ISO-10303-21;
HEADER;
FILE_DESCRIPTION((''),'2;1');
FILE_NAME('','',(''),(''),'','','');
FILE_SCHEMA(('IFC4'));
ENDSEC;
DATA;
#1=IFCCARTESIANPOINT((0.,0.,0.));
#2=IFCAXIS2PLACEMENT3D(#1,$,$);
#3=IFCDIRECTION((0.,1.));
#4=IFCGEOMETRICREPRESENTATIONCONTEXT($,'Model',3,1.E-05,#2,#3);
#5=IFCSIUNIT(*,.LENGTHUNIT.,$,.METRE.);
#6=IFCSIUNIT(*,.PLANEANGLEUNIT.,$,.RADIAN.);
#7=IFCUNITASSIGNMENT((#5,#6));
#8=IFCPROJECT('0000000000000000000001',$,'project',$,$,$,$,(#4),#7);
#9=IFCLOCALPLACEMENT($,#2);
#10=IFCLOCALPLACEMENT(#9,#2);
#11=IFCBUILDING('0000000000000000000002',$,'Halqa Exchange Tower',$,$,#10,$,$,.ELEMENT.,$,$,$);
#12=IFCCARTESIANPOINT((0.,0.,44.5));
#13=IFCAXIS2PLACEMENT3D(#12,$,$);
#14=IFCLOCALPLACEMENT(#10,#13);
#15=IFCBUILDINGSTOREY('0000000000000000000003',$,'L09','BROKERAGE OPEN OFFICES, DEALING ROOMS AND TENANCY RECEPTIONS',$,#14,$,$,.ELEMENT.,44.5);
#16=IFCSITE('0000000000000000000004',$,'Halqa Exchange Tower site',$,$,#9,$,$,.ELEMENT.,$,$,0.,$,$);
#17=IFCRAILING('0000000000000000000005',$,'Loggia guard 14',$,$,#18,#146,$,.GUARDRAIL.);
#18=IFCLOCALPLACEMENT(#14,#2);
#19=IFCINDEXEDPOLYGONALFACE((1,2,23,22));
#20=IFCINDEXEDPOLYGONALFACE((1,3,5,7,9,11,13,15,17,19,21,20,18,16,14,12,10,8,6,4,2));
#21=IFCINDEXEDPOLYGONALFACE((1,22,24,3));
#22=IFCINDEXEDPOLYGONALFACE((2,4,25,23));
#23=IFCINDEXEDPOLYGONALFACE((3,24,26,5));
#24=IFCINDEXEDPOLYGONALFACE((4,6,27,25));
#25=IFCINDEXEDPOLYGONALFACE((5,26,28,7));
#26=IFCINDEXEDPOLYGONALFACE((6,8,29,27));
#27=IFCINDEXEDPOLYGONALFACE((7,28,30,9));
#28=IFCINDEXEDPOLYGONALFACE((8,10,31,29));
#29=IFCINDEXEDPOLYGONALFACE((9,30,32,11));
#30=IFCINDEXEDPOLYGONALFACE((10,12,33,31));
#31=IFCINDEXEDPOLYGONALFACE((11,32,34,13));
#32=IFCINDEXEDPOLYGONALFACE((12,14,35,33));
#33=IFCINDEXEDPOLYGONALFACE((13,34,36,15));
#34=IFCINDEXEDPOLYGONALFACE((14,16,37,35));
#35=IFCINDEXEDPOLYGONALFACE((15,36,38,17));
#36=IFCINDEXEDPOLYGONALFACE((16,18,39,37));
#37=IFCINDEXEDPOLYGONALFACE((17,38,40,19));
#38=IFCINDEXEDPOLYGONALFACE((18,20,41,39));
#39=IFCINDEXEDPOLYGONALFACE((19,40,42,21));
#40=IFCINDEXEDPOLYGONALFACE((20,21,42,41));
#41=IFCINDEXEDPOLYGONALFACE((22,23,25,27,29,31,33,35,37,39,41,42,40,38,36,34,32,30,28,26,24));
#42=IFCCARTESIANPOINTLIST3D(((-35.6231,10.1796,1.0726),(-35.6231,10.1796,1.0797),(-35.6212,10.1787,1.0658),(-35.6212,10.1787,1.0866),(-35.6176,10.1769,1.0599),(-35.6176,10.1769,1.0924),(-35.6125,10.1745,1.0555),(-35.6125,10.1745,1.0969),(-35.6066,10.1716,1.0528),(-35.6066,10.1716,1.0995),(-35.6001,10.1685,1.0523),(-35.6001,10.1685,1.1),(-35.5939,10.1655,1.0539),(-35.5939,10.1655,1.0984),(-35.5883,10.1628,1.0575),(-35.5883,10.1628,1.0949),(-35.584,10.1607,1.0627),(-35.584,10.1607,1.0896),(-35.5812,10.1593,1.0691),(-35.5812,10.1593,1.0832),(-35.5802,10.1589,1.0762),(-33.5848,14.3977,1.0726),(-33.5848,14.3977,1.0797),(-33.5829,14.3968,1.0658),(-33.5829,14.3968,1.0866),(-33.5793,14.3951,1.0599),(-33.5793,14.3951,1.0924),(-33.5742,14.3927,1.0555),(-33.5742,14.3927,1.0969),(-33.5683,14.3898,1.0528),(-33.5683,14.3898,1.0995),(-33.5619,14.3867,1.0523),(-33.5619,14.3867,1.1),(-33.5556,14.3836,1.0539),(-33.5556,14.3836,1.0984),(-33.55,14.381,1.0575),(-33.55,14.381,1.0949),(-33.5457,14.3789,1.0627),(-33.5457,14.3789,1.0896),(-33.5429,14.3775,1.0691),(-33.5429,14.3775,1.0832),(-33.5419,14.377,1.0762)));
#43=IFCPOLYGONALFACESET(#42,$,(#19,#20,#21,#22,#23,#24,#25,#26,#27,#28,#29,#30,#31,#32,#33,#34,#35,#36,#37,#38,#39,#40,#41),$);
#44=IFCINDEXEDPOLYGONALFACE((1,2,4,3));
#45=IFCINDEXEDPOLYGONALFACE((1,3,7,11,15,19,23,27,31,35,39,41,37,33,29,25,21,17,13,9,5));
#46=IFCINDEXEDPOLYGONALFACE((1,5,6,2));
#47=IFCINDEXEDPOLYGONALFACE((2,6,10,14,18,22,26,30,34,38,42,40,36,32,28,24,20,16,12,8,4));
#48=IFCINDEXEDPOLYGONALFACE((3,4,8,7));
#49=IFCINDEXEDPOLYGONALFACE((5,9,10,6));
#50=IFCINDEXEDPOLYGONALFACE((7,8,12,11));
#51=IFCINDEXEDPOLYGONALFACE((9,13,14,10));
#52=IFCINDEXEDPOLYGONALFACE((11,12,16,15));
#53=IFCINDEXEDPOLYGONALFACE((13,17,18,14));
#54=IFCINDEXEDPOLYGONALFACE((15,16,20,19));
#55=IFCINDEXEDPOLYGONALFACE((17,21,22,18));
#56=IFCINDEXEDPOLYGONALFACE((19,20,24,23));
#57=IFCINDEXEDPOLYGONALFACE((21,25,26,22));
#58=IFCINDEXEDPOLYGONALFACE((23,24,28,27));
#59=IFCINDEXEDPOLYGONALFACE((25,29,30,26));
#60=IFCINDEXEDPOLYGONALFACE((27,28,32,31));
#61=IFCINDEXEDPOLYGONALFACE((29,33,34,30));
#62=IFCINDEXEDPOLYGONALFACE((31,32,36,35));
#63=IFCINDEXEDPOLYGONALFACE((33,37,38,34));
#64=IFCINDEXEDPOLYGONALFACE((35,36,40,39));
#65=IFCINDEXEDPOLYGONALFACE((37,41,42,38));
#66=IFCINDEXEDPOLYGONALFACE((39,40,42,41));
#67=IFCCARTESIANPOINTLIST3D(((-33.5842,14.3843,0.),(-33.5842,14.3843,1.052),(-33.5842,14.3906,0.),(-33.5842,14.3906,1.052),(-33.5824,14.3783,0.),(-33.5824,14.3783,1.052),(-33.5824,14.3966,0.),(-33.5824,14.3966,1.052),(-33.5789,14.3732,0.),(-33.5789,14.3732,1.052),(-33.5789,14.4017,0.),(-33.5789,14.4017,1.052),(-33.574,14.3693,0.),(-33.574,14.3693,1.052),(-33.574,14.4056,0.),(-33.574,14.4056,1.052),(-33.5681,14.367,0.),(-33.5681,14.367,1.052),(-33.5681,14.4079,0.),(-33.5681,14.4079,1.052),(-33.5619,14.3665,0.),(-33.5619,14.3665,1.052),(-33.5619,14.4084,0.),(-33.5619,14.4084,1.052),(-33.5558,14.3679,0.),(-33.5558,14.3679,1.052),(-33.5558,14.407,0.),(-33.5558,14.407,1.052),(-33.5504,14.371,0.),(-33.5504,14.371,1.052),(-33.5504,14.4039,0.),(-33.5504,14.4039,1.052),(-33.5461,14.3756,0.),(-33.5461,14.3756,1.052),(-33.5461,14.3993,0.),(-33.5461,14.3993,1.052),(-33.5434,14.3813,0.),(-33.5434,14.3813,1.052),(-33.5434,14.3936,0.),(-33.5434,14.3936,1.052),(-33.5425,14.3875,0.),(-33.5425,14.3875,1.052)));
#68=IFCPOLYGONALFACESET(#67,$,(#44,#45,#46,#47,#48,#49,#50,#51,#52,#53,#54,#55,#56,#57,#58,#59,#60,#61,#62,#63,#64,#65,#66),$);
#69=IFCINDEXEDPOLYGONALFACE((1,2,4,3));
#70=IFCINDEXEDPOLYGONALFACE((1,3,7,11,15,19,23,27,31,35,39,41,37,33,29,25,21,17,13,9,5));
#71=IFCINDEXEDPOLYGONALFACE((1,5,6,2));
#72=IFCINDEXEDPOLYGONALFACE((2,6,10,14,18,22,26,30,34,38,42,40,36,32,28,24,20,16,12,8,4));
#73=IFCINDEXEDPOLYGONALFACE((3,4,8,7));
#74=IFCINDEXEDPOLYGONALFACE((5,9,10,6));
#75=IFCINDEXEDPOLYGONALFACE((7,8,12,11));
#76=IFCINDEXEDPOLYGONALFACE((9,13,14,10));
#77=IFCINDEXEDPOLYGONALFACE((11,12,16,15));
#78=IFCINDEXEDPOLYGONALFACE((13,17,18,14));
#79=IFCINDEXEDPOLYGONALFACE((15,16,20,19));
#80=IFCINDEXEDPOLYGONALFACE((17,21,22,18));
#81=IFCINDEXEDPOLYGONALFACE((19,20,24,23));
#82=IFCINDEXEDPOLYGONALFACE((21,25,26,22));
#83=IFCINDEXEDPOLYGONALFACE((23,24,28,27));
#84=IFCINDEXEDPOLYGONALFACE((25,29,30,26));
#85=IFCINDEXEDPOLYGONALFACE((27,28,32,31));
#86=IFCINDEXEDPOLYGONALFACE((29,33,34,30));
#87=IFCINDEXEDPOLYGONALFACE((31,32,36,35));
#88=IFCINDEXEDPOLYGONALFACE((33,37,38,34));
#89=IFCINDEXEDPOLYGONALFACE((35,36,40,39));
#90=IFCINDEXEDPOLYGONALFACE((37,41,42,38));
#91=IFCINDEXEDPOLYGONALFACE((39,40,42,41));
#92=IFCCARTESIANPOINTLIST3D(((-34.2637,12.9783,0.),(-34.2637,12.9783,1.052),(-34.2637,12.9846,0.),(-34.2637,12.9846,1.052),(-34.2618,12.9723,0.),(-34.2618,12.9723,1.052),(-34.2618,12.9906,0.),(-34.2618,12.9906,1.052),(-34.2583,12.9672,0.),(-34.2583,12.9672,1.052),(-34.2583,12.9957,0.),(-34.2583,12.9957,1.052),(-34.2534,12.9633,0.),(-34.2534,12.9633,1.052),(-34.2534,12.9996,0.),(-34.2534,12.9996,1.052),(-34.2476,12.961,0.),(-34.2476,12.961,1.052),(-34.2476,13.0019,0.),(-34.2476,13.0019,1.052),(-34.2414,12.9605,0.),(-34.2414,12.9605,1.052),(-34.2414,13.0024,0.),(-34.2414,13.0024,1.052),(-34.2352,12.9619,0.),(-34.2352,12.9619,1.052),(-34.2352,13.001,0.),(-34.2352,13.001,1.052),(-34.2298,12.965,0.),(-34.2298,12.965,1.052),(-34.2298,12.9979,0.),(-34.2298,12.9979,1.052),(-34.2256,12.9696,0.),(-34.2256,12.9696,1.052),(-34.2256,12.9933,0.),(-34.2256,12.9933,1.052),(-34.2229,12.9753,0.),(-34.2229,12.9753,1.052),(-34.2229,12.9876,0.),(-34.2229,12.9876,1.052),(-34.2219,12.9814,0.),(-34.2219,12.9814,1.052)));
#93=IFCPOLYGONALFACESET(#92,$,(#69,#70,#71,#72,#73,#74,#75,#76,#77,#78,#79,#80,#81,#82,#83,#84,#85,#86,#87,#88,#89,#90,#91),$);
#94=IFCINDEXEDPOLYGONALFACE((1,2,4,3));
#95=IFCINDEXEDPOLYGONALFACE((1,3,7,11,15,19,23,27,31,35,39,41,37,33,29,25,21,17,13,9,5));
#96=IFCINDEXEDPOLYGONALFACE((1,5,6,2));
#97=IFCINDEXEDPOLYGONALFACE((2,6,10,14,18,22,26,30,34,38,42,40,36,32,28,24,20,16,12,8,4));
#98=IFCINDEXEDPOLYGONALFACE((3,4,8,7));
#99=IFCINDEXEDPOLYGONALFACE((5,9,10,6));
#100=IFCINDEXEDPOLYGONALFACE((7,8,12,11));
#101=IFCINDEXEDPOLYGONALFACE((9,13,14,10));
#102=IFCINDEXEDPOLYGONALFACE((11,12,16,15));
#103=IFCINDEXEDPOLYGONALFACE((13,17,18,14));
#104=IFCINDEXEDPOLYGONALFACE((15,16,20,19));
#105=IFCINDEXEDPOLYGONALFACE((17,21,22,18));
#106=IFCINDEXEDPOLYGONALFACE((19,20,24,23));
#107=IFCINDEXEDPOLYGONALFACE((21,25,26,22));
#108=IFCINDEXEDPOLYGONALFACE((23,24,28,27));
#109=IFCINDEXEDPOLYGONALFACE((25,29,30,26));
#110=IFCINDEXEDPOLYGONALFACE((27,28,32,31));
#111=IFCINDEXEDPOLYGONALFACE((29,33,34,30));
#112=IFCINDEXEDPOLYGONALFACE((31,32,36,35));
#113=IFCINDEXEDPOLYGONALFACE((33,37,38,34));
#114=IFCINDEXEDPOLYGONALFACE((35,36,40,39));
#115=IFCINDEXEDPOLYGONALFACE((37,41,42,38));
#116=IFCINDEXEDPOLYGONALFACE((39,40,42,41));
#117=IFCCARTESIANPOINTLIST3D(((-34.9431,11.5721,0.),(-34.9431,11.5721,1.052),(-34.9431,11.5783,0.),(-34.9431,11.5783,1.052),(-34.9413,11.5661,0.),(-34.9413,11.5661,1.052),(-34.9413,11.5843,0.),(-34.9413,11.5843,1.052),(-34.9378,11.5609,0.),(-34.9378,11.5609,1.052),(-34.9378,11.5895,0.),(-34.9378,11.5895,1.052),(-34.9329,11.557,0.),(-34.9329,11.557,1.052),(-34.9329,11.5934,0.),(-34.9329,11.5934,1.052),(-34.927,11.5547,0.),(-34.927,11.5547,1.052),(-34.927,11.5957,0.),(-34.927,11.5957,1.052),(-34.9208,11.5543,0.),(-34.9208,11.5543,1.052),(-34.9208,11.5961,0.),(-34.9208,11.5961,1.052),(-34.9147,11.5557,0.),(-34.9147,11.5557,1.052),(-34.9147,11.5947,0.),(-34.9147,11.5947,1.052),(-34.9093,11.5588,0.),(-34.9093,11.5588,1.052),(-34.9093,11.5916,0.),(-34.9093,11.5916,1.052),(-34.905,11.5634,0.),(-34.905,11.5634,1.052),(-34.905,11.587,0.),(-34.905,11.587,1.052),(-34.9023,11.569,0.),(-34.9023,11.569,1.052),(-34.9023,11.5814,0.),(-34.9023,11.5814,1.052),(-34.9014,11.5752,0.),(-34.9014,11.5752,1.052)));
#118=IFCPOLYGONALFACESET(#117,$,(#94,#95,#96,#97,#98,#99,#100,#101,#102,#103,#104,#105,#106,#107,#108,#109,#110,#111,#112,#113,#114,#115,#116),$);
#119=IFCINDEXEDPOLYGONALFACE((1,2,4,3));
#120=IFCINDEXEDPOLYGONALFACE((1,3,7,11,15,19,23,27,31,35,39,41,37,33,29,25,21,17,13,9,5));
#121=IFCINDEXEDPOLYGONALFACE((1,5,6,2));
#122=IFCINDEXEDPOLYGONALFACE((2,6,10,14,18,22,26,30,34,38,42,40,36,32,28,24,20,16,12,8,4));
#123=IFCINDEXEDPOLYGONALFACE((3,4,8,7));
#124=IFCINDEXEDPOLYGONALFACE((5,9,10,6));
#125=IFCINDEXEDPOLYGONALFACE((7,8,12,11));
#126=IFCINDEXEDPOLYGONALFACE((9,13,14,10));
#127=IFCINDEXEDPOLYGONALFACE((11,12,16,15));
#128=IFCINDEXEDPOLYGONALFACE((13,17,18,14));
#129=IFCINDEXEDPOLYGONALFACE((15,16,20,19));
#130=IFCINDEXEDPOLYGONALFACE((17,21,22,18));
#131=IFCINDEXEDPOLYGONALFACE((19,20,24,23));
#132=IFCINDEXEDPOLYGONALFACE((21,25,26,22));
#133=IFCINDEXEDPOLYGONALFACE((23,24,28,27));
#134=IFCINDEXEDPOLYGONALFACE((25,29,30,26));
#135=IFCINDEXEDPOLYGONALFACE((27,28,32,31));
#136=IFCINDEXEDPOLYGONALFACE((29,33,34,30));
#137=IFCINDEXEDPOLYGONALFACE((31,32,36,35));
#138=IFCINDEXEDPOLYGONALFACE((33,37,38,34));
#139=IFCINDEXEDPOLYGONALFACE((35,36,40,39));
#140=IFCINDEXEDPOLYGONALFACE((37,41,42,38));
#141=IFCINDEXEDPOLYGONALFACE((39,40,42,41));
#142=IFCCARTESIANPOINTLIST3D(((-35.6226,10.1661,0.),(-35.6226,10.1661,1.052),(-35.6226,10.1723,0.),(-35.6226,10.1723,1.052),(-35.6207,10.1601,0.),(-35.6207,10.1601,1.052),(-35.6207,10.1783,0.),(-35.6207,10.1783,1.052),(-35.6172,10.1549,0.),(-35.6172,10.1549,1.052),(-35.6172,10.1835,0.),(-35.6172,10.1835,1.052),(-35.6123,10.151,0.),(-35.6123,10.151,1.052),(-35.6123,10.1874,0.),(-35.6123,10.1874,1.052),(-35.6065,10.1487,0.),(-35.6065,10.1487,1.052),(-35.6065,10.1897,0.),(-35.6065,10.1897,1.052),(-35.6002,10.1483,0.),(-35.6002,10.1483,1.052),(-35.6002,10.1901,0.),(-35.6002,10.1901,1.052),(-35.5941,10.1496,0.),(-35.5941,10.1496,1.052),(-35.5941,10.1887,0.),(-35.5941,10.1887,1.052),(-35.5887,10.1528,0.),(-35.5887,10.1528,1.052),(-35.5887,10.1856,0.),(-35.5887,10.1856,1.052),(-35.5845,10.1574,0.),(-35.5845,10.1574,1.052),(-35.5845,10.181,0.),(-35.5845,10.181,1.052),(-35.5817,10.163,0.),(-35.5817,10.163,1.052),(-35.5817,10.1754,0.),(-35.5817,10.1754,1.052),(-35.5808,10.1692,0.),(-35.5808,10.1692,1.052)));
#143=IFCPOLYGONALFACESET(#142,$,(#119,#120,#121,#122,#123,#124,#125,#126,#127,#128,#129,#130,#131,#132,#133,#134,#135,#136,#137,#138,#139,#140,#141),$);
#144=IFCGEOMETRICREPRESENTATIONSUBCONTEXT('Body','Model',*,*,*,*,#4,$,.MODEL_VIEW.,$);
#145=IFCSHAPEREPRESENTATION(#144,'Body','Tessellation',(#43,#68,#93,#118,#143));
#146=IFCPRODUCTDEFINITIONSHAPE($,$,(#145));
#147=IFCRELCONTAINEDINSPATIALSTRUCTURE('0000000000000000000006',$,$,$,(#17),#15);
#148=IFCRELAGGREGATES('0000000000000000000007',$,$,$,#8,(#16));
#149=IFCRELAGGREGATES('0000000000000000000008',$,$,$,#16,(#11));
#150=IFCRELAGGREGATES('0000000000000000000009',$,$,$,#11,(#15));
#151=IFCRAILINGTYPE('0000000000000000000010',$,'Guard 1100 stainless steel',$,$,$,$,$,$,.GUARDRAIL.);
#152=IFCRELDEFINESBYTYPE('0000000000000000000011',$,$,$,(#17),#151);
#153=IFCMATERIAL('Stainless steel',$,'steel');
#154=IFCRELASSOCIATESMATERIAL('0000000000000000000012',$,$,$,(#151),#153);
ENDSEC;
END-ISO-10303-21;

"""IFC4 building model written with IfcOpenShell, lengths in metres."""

from ifc_helpers import new_model, si_unit, direction, frame, origin, origin_2d, place, context, subcontext, project, spatial, circle, extrude, material, type_object, element, save


model = new_model("IFC4")

# Units and contexts
model_context = context("Model", 3, precision=1e-05, world=origin(), true_north=direction((0.0, 1.0)))
body_context = subcontext(model_context, "Body", "Model", "MODEL_VIEW")
ifc_project = project(units=[si_unit("LENGTHUNIT", "METRE"), si_unit("PLANEANGLEUNIT", "RADIAN")], contexts=[model_context])

# Site, building, storey
site_placement = place(None, origin())
site = spatial("IfcSite", under=ifc_project, at=site_placement, Name="Halqa Exchange Tower site", CompositionType="ELEMENT", RefElevation=0.0)
building_placement = place(site_placement, origin())
building = spatial("IfcBuilding", under=site, at=building_placement, Name="Halqa Exchange Tower", CompositionType="ELEMENT")
storey_placement = place(building_placement, frame((0.0, 0.0, 44.5)))
storey = spatial("IfcBuildingStorey", under=building, at=storey_placement, Name="L09", Description="BROKERAGE OPEN OFFICES, DEALING ROOMS AND TENANCY RECEPTIONS", CompositionType="ELEMENT", Elevation=44.5)

# Railing
ifc_material_1 = material(Name="Stainless steel", Category="steel")
railing_type = type_object("IfcRailingType", Name="Guard 1100 stainless steel", PredefinedType="GUARDRAIL", material=ifc_material_1)
railing_1_placement = place(storey_placement, frame((-33.5635, 14.3875, 0.0)))
element("IfcRailing", 1, at=railing_1_placement, inside=storey, type_object=railing_type, Name="Loggia guard 14", PredefinedType="GUARDRAIL", context=body_context, shape_type="SweptSolid", body=[
    extrude(circle(Radius=0.0239, at=origin_2d()), frame((0.0, 0.0, 1.0762), z_axis=(-0.435083, -0.90039, 0.0), x_axis=(0.90039, -0.435083, 0.0)), (0.0, 0.0, 1.0), 4.6848),
    extrude(circle(Radius=0.021, at=origin_2d()), origin(), (0.0, 0.0, 1.0), 1.052),
    extrude(circle(Radius=0.021, at=origin_2d()), frame((-0.6794, -1.406, 0.0)), (0.0, 0.0, 1.0), 1.052),
    extrude(circle(Radius=0.021, at=origin_2d()), frame((-1.3589, -2.8123, 0.0)), (0.0, 0.0, 1.0), 1.052),
    extrude(circle(Radius=0.021, at=origin_2d()), frame((-2.0383, -4.2183, 0.0)), (0.0, 0.0, 1.0), 1.052),
])

save(model, "model.ifc")
